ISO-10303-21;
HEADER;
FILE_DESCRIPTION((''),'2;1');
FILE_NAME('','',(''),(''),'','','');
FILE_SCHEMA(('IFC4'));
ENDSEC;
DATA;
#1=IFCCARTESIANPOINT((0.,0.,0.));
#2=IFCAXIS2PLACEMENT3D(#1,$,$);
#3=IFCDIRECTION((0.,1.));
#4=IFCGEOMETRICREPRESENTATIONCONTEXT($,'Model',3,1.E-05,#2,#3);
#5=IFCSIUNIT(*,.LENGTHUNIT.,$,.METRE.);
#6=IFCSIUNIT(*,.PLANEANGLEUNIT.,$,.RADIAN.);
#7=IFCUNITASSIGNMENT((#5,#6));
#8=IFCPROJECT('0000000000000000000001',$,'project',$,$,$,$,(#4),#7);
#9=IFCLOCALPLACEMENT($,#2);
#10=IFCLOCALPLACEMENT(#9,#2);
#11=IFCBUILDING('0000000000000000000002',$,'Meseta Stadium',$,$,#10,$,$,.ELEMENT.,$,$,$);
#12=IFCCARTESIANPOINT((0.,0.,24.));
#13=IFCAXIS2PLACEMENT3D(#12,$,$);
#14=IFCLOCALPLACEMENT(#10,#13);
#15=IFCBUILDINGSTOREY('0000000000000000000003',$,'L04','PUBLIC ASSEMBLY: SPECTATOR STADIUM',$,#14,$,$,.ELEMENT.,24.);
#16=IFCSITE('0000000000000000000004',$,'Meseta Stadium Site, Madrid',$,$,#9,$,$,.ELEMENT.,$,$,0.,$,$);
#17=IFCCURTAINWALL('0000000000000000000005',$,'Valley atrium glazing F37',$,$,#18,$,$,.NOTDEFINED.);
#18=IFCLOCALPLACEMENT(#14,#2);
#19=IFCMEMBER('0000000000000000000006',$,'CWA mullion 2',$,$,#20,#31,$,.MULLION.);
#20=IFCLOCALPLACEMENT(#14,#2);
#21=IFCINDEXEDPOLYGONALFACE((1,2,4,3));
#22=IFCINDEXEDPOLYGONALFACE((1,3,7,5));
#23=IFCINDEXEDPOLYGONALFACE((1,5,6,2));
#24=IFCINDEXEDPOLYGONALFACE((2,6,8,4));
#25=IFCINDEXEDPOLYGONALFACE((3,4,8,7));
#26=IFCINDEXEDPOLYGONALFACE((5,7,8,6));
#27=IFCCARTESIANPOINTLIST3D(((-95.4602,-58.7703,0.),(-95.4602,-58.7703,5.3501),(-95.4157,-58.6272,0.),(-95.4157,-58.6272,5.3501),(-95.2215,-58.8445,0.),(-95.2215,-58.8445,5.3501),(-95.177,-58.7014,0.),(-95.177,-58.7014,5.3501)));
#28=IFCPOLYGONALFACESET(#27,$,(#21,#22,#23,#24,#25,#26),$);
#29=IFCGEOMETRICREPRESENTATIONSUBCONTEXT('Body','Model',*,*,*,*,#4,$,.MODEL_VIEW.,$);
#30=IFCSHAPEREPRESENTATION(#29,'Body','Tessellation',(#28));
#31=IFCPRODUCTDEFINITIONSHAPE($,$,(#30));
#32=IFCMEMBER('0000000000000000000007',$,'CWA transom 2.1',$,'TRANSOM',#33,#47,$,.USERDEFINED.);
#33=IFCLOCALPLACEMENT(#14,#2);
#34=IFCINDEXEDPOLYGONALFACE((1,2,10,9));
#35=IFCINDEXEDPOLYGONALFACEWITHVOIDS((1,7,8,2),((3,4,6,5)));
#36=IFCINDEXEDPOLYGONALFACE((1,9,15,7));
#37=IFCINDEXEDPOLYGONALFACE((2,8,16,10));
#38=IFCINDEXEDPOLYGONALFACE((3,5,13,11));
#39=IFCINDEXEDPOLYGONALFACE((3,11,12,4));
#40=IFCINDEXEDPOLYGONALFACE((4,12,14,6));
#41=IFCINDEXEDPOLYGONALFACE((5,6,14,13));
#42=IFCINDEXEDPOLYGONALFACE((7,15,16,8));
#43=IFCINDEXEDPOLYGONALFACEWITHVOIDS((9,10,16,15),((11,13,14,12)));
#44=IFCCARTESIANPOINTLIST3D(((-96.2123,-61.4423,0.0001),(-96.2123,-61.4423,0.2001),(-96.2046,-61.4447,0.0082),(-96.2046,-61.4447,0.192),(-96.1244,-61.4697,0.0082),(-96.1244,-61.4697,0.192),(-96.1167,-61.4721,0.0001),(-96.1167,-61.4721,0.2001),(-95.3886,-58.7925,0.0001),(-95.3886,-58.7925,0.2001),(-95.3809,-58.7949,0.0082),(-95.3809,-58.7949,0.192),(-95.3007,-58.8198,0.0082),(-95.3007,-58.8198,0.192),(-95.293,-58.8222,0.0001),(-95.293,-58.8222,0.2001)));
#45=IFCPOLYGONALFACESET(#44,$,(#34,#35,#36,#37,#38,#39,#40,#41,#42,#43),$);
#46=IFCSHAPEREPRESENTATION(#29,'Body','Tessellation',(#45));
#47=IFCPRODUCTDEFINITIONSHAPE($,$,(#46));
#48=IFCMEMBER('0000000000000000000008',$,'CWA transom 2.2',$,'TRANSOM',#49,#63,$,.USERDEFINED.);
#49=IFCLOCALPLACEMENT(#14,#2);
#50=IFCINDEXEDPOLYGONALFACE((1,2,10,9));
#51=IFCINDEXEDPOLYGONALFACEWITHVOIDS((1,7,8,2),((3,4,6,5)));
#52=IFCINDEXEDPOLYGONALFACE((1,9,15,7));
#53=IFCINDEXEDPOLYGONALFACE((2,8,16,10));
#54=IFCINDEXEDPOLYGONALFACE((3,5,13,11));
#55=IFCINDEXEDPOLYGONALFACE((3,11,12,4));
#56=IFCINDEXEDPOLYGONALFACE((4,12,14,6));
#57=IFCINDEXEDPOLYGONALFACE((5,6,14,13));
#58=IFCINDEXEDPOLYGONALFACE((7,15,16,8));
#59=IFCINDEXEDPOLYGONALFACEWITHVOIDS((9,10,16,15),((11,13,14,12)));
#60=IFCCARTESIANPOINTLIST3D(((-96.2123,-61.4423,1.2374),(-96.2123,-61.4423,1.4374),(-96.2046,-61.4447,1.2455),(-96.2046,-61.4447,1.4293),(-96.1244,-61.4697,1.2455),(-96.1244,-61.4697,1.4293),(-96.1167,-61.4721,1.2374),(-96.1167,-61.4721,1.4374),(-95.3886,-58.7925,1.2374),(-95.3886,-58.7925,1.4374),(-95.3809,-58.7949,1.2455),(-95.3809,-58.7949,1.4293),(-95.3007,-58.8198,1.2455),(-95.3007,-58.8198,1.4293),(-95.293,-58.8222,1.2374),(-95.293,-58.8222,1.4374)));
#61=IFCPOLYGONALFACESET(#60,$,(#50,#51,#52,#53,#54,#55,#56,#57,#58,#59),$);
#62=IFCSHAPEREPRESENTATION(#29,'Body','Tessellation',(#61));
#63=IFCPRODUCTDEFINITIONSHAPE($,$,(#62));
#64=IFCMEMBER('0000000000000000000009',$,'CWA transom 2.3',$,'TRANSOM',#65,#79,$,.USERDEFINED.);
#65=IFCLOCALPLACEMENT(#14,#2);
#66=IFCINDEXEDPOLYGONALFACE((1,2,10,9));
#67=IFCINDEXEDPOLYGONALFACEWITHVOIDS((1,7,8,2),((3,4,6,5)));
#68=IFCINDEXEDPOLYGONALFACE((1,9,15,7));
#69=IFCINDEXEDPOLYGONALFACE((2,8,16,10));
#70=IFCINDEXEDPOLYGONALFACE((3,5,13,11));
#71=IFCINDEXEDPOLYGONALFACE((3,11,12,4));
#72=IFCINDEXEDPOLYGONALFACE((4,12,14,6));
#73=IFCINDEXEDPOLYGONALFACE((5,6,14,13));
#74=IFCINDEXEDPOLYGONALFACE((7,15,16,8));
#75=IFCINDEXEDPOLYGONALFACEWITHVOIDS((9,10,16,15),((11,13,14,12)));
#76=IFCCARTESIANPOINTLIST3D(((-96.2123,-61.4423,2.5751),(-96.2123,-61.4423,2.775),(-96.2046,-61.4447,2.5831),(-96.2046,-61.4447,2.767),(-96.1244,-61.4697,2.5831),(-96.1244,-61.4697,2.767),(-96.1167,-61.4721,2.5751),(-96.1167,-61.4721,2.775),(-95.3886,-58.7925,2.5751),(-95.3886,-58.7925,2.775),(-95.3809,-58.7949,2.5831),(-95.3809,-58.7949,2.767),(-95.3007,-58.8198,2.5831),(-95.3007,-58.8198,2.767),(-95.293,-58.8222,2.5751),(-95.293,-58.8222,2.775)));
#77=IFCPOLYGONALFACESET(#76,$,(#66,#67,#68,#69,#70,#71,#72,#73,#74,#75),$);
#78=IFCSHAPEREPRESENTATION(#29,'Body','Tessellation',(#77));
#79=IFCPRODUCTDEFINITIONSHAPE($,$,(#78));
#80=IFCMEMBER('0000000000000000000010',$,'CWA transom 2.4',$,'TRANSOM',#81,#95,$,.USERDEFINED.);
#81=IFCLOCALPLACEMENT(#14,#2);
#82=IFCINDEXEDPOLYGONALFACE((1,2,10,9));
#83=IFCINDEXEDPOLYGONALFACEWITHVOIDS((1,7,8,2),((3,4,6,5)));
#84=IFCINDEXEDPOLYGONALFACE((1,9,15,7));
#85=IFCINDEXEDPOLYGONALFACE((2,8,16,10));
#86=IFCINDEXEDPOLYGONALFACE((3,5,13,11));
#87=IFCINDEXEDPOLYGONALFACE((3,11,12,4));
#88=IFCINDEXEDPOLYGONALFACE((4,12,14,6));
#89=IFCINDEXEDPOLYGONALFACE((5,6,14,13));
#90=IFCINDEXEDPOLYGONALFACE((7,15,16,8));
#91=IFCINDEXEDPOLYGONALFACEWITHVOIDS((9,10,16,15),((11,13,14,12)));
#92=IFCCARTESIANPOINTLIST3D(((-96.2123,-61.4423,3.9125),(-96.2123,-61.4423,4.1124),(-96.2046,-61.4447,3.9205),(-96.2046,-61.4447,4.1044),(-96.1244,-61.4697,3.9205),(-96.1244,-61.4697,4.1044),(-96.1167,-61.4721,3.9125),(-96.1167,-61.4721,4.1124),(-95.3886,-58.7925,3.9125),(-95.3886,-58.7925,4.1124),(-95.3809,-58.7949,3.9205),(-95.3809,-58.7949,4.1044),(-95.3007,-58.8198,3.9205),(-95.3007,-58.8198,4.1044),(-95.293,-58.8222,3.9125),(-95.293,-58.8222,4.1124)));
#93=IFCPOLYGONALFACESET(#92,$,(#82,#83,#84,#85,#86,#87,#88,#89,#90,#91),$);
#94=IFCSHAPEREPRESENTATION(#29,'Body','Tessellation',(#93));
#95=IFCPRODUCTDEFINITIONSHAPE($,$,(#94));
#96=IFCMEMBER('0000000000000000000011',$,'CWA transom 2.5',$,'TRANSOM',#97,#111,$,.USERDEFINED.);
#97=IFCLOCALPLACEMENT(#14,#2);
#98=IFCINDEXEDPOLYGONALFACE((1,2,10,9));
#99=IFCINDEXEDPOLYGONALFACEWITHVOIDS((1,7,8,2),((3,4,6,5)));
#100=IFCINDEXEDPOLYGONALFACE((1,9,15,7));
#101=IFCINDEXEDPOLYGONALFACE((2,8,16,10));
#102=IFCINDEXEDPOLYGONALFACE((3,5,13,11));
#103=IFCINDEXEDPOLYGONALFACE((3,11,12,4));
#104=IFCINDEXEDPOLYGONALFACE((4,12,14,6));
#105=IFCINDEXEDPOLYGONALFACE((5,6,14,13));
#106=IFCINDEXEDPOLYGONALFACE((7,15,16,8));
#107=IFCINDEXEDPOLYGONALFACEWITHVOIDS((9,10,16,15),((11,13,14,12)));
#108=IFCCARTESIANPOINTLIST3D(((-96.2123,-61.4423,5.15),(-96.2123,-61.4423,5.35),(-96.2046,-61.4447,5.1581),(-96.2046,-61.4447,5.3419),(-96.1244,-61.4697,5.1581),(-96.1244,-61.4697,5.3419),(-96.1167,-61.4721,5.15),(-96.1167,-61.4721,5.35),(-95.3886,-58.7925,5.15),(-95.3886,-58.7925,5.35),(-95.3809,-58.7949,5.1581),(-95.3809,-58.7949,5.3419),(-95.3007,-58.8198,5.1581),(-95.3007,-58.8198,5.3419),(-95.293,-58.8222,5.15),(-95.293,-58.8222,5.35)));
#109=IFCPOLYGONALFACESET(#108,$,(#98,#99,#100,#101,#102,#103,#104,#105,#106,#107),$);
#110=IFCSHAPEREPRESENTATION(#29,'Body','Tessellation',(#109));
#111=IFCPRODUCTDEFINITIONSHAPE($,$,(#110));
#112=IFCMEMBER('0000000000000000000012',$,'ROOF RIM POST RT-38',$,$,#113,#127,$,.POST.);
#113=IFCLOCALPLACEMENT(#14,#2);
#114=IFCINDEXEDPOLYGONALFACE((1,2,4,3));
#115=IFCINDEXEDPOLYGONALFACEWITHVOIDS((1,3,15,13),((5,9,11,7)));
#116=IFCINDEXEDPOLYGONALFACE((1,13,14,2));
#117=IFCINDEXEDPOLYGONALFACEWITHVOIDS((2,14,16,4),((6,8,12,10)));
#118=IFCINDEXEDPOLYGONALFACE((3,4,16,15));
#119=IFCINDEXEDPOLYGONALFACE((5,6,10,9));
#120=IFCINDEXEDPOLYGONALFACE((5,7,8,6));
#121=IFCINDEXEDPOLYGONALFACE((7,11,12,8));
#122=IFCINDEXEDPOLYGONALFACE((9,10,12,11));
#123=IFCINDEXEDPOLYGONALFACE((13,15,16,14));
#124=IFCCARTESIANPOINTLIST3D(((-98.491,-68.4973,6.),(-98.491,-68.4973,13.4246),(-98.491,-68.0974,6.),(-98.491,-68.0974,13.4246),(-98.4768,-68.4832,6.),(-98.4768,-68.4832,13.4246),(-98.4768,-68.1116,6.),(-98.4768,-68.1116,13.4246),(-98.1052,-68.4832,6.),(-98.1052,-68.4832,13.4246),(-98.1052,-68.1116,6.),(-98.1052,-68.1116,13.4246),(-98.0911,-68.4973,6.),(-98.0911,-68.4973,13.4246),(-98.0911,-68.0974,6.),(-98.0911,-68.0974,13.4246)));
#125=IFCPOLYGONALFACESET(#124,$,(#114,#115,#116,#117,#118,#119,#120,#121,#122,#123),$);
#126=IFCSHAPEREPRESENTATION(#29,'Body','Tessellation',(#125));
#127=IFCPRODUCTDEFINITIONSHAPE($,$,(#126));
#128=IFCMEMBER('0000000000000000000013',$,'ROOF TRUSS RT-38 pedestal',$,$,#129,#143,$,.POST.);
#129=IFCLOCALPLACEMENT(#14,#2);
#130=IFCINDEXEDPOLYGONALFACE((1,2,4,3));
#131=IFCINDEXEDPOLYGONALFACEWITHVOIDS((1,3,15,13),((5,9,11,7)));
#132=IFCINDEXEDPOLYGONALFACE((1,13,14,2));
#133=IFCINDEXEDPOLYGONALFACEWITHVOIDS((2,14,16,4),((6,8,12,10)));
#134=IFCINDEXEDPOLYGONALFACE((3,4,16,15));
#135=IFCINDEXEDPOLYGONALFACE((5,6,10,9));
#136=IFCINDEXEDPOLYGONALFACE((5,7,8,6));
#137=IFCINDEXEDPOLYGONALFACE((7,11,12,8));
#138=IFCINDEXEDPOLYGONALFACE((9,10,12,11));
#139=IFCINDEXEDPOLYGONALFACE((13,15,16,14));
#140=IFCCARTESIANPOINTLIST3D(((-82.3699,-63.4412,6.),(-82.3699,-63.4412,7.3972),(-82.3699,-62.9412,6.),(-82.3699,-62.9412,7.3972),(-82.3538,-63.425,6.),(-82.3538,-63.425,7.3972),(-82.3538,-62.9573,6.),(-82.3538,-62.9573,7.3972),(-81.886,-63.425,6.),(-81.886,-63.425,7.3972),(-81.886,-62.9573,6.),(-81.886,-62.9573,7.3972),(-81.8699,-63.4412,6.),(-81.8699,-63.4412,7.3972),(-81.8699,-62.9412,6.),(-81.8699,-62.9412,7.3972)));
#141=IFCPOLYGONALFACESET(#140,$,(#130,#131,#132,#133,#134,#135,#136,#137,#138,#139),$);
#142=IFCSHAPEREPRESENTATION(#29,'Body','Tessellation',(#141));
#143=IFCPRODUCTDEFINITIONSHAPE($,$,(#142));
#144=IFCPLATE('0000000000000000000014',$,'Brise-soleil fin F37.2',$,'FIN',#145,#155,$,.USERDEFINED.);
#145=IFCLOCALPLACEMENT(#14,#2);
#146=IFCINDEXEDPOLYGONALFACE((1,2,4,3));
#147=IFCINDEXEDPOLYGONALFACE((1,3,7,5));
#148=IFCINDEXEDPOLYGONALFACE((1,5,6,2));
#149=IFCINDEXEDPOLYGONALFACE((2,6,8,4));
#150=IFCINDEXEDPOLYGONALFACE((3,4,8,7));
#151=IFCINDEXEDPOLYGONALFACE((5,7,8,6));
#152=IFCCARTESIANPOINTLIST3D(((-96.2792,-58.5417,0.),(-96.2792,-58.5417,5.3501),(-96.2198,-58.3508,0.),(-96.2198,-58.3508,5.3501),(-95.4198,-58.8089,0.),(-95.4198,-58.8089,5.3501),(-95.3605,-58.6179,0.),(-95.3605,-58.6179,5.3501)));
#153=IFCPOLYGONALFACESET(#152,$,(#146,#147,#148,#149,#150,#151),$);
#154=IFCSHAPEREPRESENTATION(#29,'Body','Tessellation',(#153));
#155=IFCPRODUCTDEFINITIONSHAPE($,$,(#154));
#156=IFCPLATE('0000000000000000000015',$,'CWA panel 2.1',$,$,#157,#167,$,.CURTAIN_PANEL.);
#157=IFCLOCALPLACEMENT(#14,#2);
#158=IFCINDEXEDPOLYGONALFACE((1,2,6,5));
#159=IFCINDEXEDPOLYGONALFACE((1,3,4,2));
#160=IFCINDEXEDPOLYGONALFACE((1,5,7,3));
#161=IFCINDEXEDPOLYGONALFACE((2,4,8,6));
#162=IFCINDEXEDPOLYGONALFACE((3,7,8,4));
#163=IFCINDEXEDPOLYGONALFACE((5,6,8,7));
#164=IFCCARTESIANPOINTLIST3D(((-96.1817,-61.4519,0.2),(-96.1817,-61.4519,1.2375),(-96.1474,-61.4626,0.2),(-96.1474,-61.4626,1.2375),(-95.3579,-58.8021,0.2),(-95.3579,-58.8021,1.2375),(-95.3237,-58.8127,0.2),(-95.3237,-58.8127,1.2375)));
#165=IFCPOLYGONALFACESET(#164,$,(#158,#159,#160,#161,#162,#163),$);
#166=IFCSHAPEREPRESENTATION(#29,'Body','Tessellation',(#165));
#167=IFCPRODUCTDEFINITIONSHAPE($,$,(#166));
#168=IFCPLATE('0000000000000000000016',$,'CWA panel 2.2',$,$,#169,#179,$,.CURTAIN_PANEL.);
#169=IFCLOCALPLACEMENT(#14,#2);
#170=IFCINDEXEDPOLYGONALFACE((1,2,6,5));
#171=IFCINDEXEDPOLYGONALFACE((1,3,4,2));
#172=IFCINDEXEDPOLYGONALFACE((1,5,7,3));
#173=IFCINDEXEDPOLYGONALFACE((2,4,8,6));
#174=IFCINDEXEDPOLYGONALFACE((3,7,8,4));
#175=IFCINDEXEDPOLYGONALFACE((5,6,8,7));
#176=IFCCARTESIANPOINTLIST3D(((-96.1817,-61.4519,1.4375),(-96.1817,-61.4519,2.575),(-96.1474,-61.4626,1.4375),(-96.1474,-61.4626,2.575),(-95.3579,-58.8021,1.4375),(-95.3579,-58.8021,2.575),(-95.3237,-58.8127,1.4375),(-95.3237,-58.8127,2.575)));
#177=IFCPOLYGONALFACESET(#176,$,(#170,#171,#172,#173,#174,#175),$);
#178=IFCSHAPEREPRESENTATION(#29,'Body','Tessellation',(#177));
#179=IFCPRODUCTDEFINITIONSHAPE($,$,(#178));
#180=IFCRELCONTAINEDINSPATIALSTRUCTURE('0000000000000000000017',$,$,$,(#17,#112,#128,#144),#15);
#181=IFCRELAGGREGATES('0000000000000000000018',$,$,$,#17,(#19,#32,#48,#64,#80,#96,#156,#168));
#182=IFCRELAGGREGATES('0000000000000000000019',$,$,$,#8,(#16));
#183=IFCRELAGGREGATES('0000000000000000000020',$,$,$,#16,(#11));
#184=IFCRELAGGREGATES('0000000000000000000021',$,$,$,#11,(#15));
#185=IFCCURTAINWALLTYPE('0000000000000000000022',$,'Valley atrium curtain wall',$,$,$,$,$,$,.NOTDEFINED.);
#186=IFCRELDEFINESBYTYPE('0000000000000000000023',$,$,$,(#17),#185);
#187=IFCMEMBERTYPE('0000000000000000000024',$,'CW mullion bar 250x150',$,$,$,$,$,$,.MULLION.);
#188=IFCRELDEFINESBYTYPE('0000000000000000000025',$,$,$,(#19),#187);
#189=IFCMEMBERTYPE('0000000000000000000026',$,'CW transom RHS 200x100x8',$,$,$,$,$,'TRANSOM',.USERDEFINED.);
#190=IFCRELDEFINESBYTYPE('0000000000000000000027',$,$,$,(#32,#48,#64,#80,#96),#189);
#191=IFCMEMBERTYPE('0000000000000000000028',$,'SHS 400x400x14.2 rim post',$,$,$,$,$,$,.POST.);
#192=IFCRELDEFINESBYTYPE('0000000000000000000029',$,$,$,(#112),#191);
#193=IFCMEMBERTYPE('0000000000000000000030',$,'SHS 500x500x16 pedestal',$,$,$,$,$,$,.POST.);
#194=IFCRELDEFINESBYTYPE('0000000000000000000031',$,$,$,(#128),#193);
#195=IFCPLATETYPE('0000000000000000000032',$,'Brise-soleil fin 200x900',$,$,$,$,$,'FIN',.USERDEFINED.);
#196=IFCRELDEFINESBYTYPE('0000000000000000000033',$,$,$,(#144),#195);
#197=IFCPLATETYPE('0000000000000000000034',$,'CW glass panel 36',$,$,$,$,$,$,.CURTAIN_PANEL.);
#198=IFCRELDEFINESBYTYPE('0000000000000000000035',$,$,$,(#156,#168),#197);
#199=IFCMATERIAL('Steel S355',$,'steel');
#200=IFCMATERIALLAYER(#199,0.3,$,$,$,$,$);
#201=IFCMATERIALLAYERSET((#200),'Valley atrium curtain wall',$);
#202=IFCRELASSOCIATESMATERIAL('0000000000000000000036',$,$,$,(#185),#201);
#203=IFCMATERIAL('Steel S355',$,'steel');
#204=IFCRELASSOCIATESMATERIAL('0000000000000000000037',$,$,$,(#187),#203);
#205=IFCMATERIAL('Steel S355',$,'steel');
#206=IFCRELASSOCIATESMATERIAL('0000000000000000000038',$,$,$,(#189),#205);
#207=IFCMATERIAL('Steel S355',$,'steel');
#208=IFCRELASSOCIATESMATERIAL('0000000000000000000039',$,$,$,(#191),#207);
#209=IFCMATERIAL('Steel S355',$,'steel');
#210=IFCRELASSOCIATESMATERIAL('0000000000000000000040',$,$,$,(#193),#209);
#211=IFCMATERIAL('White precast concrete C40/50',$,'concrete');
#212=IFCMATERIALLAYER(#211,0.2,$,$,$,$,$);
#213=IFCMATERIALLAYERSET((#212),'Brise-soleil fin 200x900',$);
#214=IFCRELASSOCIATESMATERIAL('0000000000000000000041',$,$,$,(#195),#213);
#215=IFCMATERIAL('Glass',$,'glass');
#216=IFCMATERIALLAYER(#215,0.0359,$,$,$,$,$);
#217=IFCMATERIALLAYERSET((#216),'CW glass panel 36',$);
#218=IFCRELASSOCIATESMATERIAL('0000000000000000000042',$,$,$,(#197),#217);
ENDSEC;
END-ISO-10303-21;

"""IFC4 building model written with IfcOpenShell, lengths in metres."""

from ifc_helpers import new_model, si_unit, direction, frame, origin, origin_2d, place, context, subcontext, project, spatial, rectangle, hollow_rectangle, extrude, material, layer, layer_set, material_profile, profile_set, type_object, element, aggregate, save


model = new_model("IFC4")

# Units and contexts
model_context = context("Model", 3, precision=1e-05, world=origin(), true_north=direction((0.0, 1.0)))
body_context = subcontext(model_context, "Body", "Model", "MODEL_VIEW")
ifc_project = project(units=[si_unit("LENGTHUNIT", "METRE"), si_unit("PLANEANGLEUNIT", "RADIAN")], contexts=[model_context])

# Site, building, storey
site_placement = place(None, origin())
site = spatial("IfcSite", under=ifc_project, at=site_placement, Name="Meseta Stadium Site, Madrid", CompositionType="ELEMENT", RefElevation=0.0)
building_placement = place(site_placement, origin())
building = spatial("IfcBuilding", under=site, at=building_placement, Name="Meseta Stadium", CompositionType="ELEMENT")
storey_placement = place(building_placement, frame((0.0, 0.0, 24.0)))
storey = spatial("IfcBuildingStorey", under=building, at=storey_placement, Name="L04", Description="PUBLIC ASSEMBLY: SPECTATOR STADIUM", CompositionType="ELEMENT", Elevation=24.0)

# Curtain wall, members
ifc_material_1 = material(Name="Steel S355", Category="steel")
ifc_layer_1 = layer(ifc_material_1, 0.3)
ifc_layer_set_1 = layer_set([ifc_layer_1], Name="Valley atrium curtain wall")
curtain_wall_type = type_object("IfcCurtainWallType", Name="Valley atrium curtain wall", PredefinedType="NOTDEFINED", material=ifc_layer_set_1)
curtain_wall_placement = place(storey_placement, origin())
curtain_wall = element("IfcCurtainWall", 1, at=curtain_wall_placement, inside=storey, type_object=curtain_wall_type, Name="Valley atrium glazing F37", PredefinedType="NOTDEFINED")
ifc_material_2 = material(Name="Steel S355", Category="steel")
ifc_material_profile_1 = material_profile(ifc_material_2, rectangle(XDim=0.25, YDim=0.1499, at=origin_2d()), Name="CW 250x150")
ifc_profile_set_1 = profile_set([ifc_material_profile_1], Name="Steel S355")
member_type_1 = type_object("IfcMemberType", Name="CW mullion bar 250x150", PredefinedType="MULLION", material=ifc_profile_set_1)
member_1_placement = place(storey_placement, frame((-95.3186, -58.7358, 0.0), z_axis=(0.0, 0.0, 1.0), x_axis=(0.954918, -0.296869, 0.0)))
member_1 = element("IfcMember", 2, at=member_1_placement, type_object=member_type_1, Name="CWA mullion 2", PredefinedType="MULLION", context=body_context, shape_type="SweptSolid", body=[
    extrude(rectangle(XDim=0.25, YDim=0.1499, at=origin_2d()), origin(), (0.0, 0.0, 1.0), 5.3501),
])
ifc_material_3 = material(Name="Steel S355", Category="steel")
ifc_material_profile_2 = material_profile(ifc_material_3, hollow_rectangle(XDim=0.1001, YDim=0.2, WallThickness=0.0081, at=origin_2d()), Name="RHS 200x100x8")
ifc_profile_set_2 = profile_set([ifc_material_profile_2], Name="Steel S355")
member_type_2 = type_object("IfcMemberType", Name="CW transom RHS 200x100x8", ElementType="TRANSOM", PredefinedType="USERDEFINED", material=ifc_profile_set_2)
member_2_placement = place(storey_placement, frame((-95.3408, -58.8074, 0.1001), z_axis=(-0.296842, -0.954927, 0.0), x_axis=(0.954927, -0.296842, 0.0)))
member_2 = element("IfcMember", 3, at=member_2_placement, type_object=member_type_2, Name="CWA transom 2.1", ObjectType="TRANSOM", PredefinedType="USERDEFINED", context=body_context, shape_type="SweptSolid", body=[
    extrude(hollow_rectangle(XDim=0.1001, YDim=0.2, WallThickness=0.0081, at=origin_2d()), origin(), (0.0, 0.0, 1.0), 2.7749),
])
member_3_placement = place(storey_placement, frame((-95.3408, -58.8074, 1.3374), z_axis=(-0.296842, -0.954927, 0.0), x_axis=(0.954927, -0.296842, 0.0)))
member_3 = element("IfcMember", 4, at=member_3_placement, type_object=member_type_2, Name="CWA transom 2.2", ObjectType="TRANSOM", PredefinedType="USERDEFINED", context=body_context, shape_type="SweptSolid", body=[
    extrude(hollow_rectangle(XDim=0.1001, YDim=0.2, WallThickness=0.0081, at=origin_2d()), origin(), (0.0, 0.0, 1.0), 2.7749),
])
member_4_placement = place(storey_placement, frame((-95.3408, -58.8074, 2.675), z_axis=(-0.296842, -0.954927, 0.0), x_axis=(0.954927, -0.296842, 0.0)))
member_4 = element("IfcMember", 5, at=member_4_placement, type_object=member_type_2, Name="CWA transom 2.3", ObjectType="TRANSOM", PredefinedType="USERDEFINED", context=body_context, shape_type="SweptSolid", body=[
    extrude(hollow_rectangle(XDim=0.1001, YDim=0.2, WallThickness=0.0081, at=origin_2d()), origin(), (0.0, 0.0, 1.0), 2.7749),
])
member_5_placement = place(storey_placement, frame((-95.3408, -58.8074, 4.0125), z_axis=(-0.296842, -0.954927, 0.0), x_axis=(0.954927, -0.296842, 0.0)))
member_5 = element("IfcMember", 6, at=member_5_placement, type_object=member_type_2, Name="CWA transom 2.4", ObjectType="TRANSOM", PredefinedType="USERDEFINED", context=body_context, shape_type="SweptSolid", body=[
    extrude(hollow_rectangle(XDim=0.1001, YDim=0.2, WallThickness=0.0081, at=origin_2d()), origin(), (0.0, 0.0, 1.0), 2.7749),
])
member_6_placement = place(storey_placement, frame((-95.3408, -58.8074, 5.25), z_axis=(-0.296842, -0.954927, 0.0), x_axis=(0.954927, -0.296842, 0.0)))
member_6 = element("IfcMember", 7, at=member_6_placement, type_object=member_type_2, Name="CWA transom 2.5", ObjectType="TRANSOM", PredefinedType="USERDEFINED", context=body_context, shape_type="SweptSolid", body=[
    extrude(hollow_rectangle(XDim=0.1001, YDim=0.2, WallThickness=0.0081, at=origin_2d()), origin(), (0.0, 0.0, 1.0), 2.7749),
])

# Members
ifc_material_4 = material(Name="Steel S355", Category="steel")
ifc_material_profile_3 = material_profile(ifc_material_4, hollow_rectangle(XDim=0.3999, YDim=0.3999, WallThickness=0.0142, at=origin_2d()), Name="SHS 400x400x14.2")
ifc_profile_set_3 = profile_set([ifc_material_profile_3], Name="Steel S355")
member_type_3 = type_object("IfcMemberType", Name="SHS 400x400x14.2 rim post", PredefinedType="POST", material=ifc_profile_set_3)
member_7_placement = place(storey_placement, frame((-98.291, -68.2974, 6.0), z_axis=(0.0, 0.0, 1.0), x_axis=(1.0, 0.0, 0.0)))
element("IfcMember", 8, at=member_7_placement, inside=storey, type_object=member_type_3, Name="ROOF RIM POST RT-38", PredefinedType="POST", context=body_context, shape_type="SweptSolid", body=[
    extrude(hollow_rectangle(XDim=0.3999, YDim=0.3999, WallThickness=0.0142, at=origin_2d()), origin(), (0.0, 0.0, 1.0), 7.4246),
])
ifc_material_5 = material(Name="Steel S355", Category="steel")
ifc_material_profile_4 = material_profile(ifc_material_5, hollow_rectangle(XDim=0.5, YDim=0.5, WallThickness=0.0161, at=origin_2d()), Name="SHS 500x500x16")
ifc_profile_set_4 = profile_set([ifc_material_profile_4], Name="Steel S355")
member_type_4 = type_object("IfcMemberType", Name="SHS 500x500x16 pedestal", PredefinedType="POST", material=ifc_profile_set_4)
member_8_placement = place(storey_placement, frame((-82.1199, -63.1912, 6.0), z_axis=(0.0, 0.0, 1.0), x_axis=(1.0, 0.0, 0.0)))
element("IfcMember", 9, at=member_8_placement, inside=storey, type_object=member_type_4, Name="ROOF TRUSS RT-38 pedestal", PredefinedType="POST", context=body_context, shape_type="SweptSolid", body=[
    extrude(hollow_rectangle(XDim=0.5, YDim=0.5, WallThickness=0.0161, at=origin_2d()), origin(), (0.0, 0.0, 1.0), 1.3972),
])

# Plates
ifc_material_6 = material(Name="White precast concrete C40/50", Category="concrete")
ifc_layer_2 = layer(ifc_material_6, 0.2)
ifc_layer_set_2 = layer_set([ifc_layer_2], Name="Brise-soleil fin 200x900")
plate_type_1 = type_object("IfcPlateType", Name="Brise-soleil fin 200x900", ElementType="FIN", PredefinedType="USERDEFINED", material=ifc_layer_set_2)
plate_1_placement = place(storey_placement, frame((-95.8198, -58.5798, 0.0), z_axis=(0.0, 0.0, 1.0), x_axis=(-0.296869, -0.954918, 0.0)))
element("IfcPlate", 10, at=plate_1_placement, inside=storey, type_object=plate_type_1, Name="Brise-soleil fin F37.2", ObjectType="FIN", PredefinedType="USERDEFINED", context=body_context, shape_type="SweptSolid", body=[
    extrude(rectangle(XDim=0.2, YDim=0.8999, at=origin_2d()), origin(), (0.0, 0.0, 1.0), 5.3501),
])
ifc_material_7 = material(Name="Glass", Category="glass")
ifc_layer_3 = layer(ifc_material_7, 0.0359)
ifc_layer_set_3 = layer_set([ifc_layer_3], Name="CW glass panel 36")
plate_type_2 = type_object("IfcPlateType", Name="CW glass panel 36", PredefinedType="CURTAIN_PANEL", material=ifc_layer_set_3)
plate_2_placement = place(storey_placement, frame((-95.7527, -60.1323, 0.2), z_axis=(0.0, 0.0, 1.0), x_axis=(-0.296869, -0.954918, 0.0)))
plate_2 = element("IfcPlate", 11, at=plate_2_placement, type_object=plate_type_2, Name="CWA panel 2.1", PredefinedType="CURTAIN_PANEL", context=body_context, shape_type="SweptSolid", body=[
    extrude(rectangle(XDim=2.7749, YDim=0.0359, at=origin_2d()), origin(), (0.0, 0.0, 1.0), 1.0376),
])
plate_3_placement = place(storey_placement, frame((-95.7527, -60.1323, 1.4375), z_axis=(0.0, 0.0, 1.0), x_axis=(-0.296869, -0.954918, 0.0)))
plate_3 = element("IfcPlate", 12, at=plate_3_placement, type_object=plate_type_2, Name="CWA panel 2.2", PredefinedType="CURTAIN_PANEL", context=body_context, shape_type="SweptSolid", body=[
    extrude(rectangle(XDim=2.7749, YDim=0.0359, at=origin_2d()), origin(), (0.0, 0.0, 1.0), 1.1375),
])
aggregate(curtain_wall, [member_1, member_2, member_3, member_4, member_5, member_6, plate_2, plate_3])

save(model, "model.ifc")
